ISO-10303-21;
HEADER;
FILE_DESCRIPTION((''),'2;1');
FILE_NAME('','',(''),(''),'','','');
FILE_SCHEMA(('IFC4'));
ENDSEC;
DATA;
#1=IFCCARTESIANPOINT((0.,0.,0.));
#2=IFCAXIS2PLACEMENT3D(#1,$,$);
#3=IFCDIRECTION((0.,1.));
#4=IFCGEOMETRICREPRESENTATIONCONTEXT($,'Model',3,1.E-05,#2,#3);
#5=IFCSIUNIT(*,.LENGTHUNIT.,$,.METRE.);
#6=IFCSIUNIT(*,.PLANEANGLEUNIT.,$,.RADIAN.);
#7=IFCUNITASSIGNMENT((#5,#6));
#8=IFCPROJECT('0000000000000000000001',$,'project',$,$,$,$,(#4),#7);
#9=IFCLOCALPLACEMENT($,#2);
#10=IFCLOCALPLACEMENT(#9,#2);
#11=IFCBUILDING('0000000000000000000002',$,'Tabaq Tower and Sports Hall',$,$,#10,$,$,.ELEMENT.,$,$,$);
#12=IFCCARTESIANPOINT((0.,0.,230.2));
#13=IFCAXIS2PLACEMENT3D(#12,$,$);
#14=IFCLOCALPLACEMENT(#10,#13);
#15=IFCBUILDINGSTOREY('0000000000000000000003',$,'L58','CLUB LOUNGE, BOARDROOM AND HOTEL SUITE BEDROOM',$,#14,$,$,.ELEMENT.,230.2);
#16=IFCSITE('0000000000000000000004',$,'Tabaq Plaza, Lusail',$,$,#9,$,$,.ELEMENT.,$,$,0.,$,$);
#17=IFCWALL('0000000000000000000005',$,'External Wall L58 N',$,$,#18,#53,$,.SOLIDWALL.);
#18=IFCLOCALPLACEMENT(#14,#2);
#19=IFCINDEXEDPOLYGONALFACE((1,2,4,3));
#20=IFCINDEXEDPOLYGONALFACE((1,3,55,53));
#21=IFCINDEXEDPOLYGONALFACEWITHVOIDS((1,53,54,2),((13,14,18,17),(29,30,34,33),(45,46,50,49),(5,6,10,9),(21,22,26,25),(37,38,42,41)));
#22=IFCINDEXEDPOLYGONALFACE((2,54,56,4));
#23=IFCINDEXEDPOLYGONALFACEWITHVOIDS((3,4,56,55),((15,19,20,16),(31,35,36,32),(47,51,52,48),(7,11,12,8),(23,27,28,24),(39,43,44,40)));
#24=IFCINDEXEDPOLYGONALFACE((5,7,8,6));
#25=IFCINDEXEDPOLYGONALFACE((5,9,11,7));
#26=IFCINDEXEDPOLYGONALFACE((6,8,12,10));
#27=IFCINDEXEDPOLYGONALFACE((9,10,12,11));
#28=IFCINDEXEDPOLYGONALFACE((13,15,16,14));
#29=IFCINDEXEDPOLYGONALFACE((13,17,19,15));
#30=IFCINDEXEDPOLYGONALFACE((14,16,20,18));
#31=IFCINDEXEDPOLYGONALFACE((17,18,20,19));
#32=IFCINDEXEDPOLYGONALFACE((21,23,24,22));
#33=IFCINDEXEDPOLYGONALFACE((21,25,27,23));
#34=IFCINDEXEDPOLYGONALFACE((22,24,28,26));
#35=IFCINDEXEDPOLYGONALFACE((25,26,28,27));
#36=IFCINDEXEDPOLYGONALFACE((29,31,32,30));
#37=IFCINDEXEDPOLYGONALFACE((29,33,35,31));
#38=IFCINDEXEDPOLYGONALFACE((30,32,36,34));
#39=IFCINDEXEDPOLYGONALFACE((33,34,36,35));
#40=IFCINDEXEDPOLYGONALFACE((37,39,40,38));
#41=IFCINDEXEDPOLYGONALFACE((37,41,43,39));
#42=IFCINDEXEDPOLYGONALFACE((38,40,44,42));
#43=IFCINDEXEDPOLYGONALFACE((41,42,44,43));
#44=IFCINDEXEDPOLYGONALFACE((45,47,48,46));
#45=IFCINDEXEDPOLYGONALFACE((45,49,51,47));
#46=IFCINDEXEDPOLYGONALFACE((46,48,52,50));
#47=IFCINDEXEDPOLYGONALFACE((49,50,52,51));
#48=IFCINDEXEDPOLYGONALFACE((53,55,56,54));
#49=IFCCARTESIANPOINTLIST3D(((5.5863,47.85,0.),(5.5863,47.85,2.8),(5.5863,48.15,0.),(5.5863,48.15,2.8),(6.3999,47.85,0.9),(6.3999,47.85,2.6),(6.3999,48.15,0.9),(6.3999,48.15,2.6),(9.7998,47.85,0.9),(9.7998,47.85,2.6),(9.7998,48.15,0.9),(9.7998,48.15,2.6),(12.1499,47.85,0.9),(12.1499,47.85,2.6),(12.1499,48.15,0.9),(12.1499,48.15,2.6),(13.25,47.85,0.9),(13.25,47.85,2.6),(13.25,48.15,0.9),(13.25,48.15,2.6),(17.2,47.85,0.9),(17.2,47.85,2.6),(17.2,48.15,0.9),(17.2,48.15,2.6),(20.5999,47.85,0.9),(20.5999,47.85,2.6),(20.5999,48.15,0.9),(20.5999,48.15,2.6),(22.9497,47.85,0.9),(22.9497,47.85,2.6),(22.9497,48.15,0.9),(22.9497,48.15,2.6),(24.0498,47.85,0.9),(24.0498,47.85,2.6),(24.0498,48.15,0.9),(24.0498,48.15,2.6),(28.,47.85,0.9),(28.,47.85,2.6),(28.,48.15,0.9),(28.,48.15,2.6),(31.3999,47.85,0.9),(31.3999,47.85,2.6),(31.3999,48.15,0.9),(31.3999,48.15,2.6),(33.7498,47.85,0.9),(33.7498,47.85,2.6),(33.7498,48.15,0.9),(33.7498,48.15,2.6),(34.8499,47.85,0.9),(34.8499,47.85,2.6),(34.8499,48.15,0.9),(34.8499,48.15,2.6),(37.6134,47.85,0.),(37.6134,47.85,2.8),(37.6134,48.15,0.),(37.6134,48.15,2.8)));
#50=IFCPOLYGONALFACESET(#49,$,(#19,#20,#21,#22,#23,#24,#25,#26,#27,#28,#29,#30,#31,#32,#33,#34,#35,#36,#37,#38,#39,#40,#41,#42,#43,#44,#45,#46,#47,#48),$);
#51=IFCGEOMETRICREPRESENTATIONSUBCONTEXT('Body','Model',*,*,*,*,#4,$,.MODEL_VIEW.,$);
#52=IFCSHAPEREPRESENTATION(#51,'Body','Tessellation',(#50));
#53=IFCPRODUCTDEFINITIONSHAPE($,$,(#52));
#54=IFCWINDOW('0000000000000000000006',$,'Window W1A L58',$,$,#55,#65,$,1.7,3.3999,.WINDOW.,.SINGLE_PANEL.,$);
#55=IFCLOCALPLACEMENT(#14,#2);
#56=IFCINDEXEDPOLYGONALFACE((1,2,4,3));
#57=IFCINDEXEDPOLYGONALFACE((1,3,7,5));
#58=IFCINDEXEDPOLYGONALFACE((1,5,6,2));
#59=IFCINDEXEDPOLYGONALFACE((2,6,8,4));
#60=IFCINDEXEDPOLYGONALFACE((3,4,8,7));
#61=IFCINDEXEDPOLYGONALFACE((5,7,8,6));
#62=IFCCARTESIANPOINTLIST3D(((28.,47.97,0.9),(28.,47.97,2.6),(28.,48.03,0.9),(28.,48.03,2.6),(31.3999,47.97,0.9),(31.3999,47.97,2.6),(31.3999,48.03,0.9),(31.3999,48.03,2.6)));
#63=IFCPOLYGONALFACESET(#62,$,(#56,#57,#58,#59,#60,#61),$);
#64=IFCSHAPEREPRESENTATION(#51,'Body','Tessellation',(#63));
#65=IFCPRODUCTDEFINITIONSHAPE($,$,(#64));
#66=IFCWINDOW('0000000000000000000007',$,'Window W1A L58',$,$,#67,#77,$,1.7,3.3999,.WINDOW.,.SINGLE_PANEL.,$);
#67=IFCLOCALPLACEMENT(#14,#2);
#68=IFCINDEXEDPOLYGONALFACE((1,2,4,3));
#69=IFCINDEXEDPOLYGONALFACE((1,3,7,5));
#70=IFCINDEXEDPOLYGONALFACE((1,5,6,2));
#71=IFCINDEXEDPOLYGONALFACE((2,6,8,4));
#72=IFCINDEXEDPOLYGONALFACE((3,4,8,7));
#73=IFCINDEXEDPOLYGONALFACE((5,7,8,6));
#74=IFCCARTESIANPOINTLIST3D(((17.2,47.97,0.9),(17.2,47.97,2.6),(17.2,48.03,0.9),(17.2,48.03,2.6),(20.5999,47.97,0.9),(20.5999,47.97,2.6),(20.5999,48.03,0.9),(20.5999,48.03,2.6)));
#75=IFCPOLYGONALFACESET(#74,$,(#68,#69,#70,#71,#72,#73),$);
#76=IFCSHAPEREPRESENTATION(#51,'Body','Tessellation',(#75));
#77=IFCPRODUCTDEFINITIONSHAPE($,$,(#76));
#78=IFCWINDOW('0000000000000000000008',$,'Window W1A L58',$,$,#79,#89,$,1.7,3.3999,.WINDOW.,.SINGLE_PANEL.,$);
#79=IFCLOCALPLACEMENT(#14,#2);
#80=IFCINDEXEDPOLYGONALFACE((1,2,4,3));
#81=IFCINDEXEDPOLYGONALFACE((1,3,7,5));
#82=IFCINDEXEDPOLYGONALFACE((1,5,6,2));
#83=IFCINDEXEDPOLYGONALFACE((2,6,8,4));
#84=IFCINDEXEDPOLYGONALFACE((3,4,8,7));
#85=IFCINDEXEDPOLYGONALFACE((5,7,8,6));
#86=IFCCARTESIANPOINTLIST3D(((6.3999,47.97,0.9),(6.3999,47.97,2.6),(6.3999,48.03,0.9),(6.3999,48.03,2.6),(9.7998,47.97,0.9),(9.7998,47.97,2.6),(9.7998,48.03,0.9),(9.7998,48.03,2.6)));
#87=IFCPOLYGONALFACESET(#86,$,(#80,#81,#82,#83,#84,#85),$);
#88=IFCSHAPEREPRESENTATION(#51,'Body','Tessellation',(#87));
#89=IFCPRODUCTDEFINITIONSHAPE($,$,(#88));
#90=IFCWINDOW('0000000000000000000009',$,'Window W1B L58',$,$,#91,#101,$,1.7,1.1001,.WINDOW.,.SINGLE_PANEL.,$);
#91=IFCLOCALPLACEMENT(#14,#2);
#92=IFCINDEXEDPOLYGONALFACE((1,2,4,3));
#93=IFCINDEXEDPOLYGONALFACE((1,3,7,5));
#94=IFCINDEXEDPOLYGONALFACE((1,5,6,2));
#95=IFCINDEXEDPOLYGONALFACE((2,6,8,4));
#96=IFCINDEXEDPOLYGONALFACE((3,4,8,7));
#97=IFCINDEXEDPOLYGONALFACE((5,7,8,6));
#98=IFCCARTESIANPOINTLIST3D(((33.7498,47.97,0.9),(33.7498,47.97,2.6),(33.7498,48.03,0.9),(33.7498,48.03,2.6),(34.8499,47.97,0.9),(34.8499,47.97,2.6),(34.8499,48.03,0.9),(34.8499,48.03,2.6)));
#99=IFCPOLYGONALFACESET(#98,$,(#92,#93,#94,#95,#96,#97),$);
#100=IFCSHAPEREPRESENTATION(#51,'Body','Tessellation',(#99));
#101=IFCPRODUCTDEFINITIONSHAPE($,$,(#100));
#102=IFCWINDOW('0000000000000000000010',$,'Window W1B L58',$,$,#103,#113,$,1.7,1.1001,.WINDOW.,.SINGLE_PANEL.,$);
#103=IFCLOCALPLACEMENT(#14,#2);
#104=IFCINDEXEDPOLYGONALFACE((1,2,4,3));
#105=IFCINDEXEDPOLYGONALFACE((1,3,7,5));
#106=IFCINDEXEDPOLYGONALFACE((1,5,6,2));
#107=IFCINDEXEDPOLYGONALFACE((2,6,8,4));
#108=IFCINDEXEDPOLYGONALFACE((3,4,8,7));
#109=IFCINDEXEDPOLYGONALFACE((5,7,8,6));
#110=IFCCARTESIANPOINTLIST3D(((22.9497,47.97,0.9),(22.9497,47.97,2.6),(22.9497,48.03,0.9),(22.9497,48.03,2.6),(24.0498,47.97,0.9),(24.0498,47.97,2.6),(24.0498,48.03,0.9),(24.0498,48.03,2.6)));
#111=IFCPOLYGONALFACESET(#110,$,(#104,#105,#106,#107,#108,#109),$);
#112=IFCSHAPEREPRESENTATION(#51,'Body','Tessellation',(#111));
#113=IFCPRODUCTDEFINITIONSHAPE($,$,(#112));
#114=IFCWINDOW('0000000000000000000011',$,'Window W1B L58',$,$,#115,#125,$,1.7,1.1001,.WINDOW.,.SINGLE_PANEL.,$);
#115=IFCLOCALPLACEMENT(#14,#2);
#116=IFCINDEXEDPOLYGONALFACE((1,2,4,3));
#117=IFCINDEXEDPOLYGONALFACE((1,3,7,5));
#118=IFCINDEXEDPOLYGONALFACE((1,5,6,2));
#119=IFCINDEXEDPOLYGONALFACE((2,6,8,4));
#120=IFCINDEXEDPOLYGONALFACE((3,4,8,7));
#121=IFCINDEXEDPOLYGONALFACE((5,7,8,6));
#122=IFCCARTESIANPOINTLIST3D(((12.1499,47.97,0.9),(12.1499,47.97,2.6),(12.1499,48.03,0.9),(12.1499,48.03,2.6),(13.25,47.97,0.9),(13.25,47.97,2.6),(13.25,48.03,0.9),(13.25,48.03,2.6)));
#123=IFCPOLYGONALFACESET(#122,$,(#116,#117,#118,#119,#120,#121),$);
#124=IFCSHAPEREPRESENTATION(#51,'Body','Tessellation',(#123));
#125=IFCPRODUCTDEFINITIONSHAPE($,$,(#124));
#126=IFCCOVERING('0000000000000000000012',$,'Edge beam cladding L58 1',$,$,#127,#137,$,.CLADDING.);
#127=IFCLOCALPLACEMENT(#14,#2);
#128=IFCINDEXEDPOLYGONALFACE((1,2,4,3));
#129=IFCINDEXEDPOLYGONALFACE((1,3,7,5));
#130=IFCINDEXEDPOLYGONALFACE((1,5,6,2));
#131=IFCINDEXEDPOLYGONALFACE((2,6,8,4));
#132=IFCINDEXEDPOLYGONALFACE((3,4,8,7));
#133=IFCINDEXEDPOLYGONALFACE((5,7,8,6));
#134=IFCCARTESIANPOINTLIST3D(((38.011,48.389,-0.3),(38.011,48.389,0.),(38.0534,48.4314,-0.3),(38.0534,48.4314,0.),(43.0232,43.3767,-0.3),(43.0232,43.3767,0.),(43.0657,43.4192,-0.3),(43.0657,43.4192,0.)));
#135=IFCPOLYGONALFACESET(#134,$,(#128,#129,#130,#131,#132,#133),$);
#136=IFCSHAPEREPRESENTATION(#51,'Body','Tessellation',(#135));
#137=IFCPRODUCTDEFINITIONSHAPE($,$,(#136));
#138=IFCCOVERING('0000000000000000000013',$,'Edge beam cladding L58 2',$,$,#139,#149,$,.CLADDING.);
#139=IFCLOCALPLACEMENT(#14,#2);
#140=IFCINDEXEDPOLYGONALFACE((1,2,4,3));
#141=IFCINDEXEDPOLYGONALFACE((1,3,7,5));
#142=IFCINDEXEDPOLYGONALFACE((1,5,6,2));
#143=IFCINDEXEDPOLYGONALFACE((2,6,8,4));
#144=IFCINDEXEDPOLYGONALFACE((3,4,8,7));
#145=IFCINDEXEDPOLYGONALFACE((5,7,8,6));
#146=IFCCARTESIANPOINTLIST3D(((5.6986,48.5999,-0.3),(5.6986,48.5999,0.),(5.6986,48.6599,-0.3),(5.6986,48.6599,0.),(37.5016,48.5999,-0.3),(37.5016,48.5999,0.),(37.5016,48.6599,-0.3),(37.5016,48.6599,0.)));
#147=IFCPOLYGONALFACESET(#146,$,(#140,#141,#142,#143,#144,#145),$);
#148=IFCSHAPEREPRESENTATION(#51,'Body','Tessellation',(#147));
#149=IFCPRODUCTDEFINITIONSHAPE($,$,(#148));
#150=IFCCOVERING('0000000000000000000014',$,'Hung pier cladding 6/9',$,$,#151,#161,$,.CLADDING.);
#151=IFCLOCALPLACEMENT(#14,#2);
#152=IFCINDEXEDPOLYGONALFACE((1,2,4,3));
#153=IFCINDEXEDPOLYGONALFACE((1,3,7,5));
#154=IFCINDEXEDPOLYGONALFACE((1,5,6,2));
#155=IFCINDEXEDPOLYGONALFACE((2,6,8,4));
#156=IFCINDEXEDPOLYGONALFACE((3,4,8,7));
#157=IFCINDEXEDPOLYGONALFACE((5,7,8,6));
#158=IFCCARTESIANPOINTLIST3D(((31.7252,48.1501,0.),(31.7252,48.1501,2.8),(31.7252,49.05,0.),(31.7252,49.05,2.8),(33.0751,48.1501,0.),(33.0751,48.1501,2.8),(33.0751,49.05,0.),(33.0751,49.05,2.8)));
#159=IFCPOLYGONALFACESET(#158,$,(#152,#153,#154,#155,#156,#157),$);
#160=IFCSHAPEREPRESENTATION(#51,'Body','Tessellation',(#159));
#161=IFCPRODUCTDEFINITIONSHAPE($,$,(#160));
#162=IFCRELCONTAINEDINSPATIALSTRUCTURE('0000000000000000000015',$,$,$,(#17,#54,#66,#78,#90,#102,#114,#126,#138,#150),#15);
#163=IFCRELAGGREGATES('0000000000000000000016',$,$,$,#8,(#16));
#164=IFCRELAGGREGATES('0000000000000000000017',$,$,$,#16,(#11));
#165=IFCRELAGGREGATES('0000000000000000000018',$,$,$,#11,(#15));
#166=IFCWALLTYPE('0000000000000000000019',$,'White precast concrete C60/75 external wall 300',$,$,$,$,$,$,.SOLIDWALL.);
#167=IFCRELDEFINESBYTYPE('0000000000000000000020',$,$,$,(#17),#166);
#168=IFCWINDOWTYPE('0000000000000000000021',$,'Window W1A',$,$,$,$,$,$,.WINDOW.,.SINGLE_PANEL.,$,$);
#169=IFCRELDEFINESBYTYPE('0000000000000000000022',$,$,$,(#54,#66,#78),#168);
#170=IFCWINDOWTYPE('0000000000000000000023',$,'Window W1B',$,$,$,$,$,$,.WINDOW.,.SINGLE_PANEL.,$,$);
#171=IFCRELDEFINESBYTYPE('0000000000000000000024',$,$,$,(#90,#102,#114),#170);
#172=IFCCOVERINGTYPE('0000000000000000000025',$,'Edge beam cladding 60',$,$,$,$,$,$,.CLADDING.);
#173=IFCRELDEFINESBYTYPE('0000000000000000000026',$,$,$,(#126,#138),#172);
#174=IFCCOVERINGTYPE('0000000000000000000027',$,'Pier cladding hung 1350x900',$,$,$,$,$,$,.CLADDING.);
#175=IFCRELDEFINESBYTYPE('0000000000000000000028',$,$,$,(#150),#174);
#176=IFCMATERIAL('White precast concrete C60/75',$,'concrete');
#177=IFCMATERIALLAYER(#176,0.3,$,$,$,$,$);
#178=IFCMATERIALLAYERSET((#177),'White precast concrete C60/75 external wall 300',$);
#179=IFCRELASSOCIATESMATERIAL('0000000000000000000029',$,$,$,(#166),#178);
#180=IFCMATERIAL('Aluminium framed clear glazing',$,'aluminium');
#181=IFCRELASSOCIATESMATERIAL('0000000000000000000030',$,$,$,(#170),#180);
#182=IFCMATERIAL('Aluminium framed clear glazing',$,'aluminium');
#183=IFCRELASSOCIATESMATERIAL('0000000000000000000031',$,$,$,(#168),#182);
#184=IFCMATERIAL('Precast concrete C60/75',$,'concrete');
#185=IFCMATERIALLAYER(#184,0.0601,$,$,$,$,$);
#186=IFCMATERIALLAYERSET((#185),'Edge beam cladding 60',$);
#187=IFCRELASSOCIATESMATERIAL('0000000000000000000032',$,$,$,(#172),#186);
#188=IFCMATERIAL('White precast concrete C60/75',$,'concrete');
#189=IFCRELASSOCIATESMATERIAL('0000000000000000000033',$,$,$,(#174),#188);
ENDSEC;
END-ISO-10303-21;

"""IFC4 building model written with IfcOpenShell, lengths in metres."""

from ifc_helpers import new_model, si_unit, direction, frame, frame_2d, origin, place, context, subcontext, project, spatial, rectangle, extrude, material, layer, layer_set, type_object, element, fill, save


model = new_model("IFC4")

# Units and contexts
model_context = context("Model", 3, precision=1e-05, world=origin(), true_north=direction((0.0, 1.0)))
body_context = subcontext(model_context, "Body", "Model", "MODEL_VIEW")
ifc_project = project(units=[si_unit("LENGTHUNIT", "METRE"), si_unit("PLANEANGLEUNIT", "RADIAN")], contexts=[model_context])

# Site, building, storey
site_placement = place(None, origin())
site = spatial("IfcSite", under=ifc_project, at=site_placement, Name="Tabaq Plaza, Lusail", CompositionType="ELEMENT", RefElevation=0.0)
building_placement = place(site_placement, origin())
building = spatial("IfcBuilding", under=site, at=building_placement, Name="Tabaq Tower and Sports Hall", CompositionType="ELEMENT")
storey_placement = place(building_placement, frame((0.0, 0.0, 230.2)))
storey = spatial("IfcBuildingStorey", under=building, at=storey_placement, Name="L58", Description="CLUB LOUNGE, BOARDROOM AND HOTEL SUITE BEDROOM", CompositionType="ELEMENT", Elevation=230.2)

# Wall, openings, windows
ifc_material_1 = material(Name="White precast concrete C60/75", Category="concrete")
ifc_layer_1 = layer(ifc_material_1, 0.3)
ifc_layer_set_1 = layer_set([ifc_layer_1], Name="White precast concrete C60/75 external wall 300")
wall_type_1 = type_object("IfcWallType", Name="White precast concrete C60/75 external wall 300", PredefinedType="SOLIDWALL", material=ifc_layer_set_1)
ifc_material_2 = material(Name="Aluminium framed clear glazing", Category="aluminium")
window_type_1 = type_object("IfcWindowType", Name="Window W1B", PartitioningType="SINGLE_PANEL", PredefinedType="WINDOW", material=ifc_material_2)
wall_1_placement = place(storey_placement, frame((37.6135, 48.0, 0.0), z_axis=(0.0, 0.0, 1.0), x_axis=(-1.0, 0.0, 0.0)))
wall_1 = element("IfcWall", 1, at=wall_1_placement, inside=storey, type_object=wall_type_1, Name="External Wall L58 N", PredefinedType="SOLIDWALL", context=body_context, shape_type="SweptSolid", body=[
    extrude(rectangle(XDim=32.0271, YDim=0.3, at=frame_2d((16.0137, 0.0))), origin(), (0.0, 0.0, 1.0), 2.8),
])
opening_1_placement = place(wall_1_placement, frame((2.7637, 0.0, 0.8999)))
opening_1 = element("IfcOpeningElement", 2, at=opening_1_placement, cuts=wall_1, PredefinedType="OPENING", context=body_context, shape_type="SweptSolid", body=[
    extrude(rectangle(XDim=1.1001, YDim=1.7, at=frame_2d((0.55, 0.8501))), frame((0.0, 0.1602, 0.0), z_axis=(0.0, -1.0, 0.0), x_axis=(1.0, 0.0, 0.0)), (0.0, 0.0, 1.0), 0.3201),
])
opening_2_placement = place(wall_1_placement, frame((6.2136, 0.0, 0.8999)))
opening_2 = element("IfcOpeningElement", 3, at=opening_2_placement, cuts=wall_1, PredefinedType="OPENING", context=body_context, shape_type="SweptSolid", body=[
    extrude(rectangle(XDim=3.3999, YDim=1.7, at=frame_2d((1.7, 0.8501))), frame((0.0, 0.1602, 0.0), z_axis=(0.0, -1.0, 0.0), x_axis=(1.0, 0.0, 0.0)), (0.0, 0.0, 1.0), 0.3201),
])
opening_3_placement = place(wall_1_placement, frame((13.5637, 0.0, 0.8999)))
opening_3 = element("IfcOpeningElement", 4, at=opening_3_placement, cuts=wall_1, PredefinedType="OPENING", context=body_context, shape_type="SweptSolid", body=[
    extrude(rectangle(XDim=1.1001, YDim=1.7, at=frame_2d((0.55, 0.8501))), frame((0.0, 0.1602, 0.0), z_axis=(0.0, -1.0, 0.0), x_axis=(1.0, 0.0, 0.0)), (0.0, 0.0, 1.0), 0.3201),
])
opening_4_placement = place(wall_1_placement, frame((17.0137, 0.0, 0.8999)))
opening_4 = element("IfcOpeningElement", 5, at=opening_4_placement, cuts=wall_1, PredefinedType="OPENING", context=body_context, shape_type="SweptSolid", body=[
    extrude(rectangle(XDim=3.3999, YDim=1.7, at=frame_2d((1.7, 0.8501))), frame((0.0, 0.1602, 0.0), z_axis=(0.0, -1.0, 0.0), x_axis=(1.0, 0.0, 0.0)), (0.0, 0.0, 1.0), 0.3201),
])
opening_5_placement = place(wall_1_placement, frame((24.3635, 0.0, 0.8999)))
opening_5 = element("IfcOpeningElement", 6, at=opening_5_placement, cuts=wall_1, PredefinedType="OPENING", context=body_context, shape_type="SweptSolid", body=[
    extrude(rectangle(XDim=1.1001, YDim=1.7, at=frame_2d((0.55, 0.8501))), frame((0.0, 0.1602, 0.0), z_axis=(0.0, -1.0, 0.0), x_axis=(1.0, 0.0, 0.0)), (0.0, 0.0, 1.0), 0.3201),
])
opening_6_placement = place(wall_1_placement, frame((27.8137, 0.0, 0.8999)))
opening_6 = element("IfcOpeningElement", 7, at=opening_6_placement, cuts=wall_1, PredefinedType="OPENING", context=body_context, shape_type="SweptSolid", body=[
    extrude(rectangle(XDim=3.3999, YDim=1.7, at=frame_2d((1.7, 0.8501))), frame((0.0, 0.1602, 0.0), z_axis=(0.0, -1.0, 0.0), x_axis=(1.0, 0.0, 0.0)), (0.0, 0.0, 1.0), 0.3201),
])
ifc_material_3 = material(Name="Aluminium framed clear glazing", Category="aluminium")
window_type_2 = type_object("IfcWindowType", Name="Window W1A", PartitioningType="SINGLE_PANEL", PredefinedType="WINDOW", material=ifc_material_3)
window_1_placement = place(opening_2_placement, origin())
window_1 = element("IfcWindow", 8, at=window_1_placement, inside=storey, type_object=window_type_2, Name="Window W1A L58", OverallHeight=1.7, OverallWidth=3.3999, PartitioningType="SINGLE_PANEL", PredefinedType="WINDOW", context=body_context, shape_type="SweptSolid", body=[
    extrude(rectangle(XDim=3.3999, YDim=1.7, at=frame_2d((1.7, 0.8501))), frame((0.0, 0.03, 0.0), z_axis=(0.0, -1.0, 0.0), x_axis=(1.0, 0.0, 0.0)), (0.0, 0.0, 1.0), 0.0601),
])
fill(opening_2, window_1)
window_2_placement = place(opening_4_placement, origin())
window_2 = element("IfcWindow", 9, at=window_2_placement, inside=storey, type_object=window_type_2, Name="Window W1A L58", OverallHeight=1.7, OverallWidth=3.3999, PartitioningType="SINGLE_PANEL", PredefinedType="WINDOW", context=body_context, shape_type="SweptSolid", body=[
    extrude(rectangle(XDim=3.3999, YDim=1.7, at=frame_2d((1.7, 0.8501))), frame((0.0, 0.03, 0.0), z_axis=(0.0, -1.0, 0.0), x_axis=(1.0, 0.0, 0.0)), (0.0, 0.0, 1.0), 0.0601),
])
fill(opening_4, window_2)
window_3_placement = place(opening_6_placement, origin())
window_3 = element("IfcWindow", 10, at=window_3_placement, inside=storey, type_object=window_type_2, Name="Window W1A L58", OverallHeight=1.7, OverallWidth=3.3999, PartitioningType="SINGLE_PANEL", PredefinedType="WINDOW", context=body_context, shape_type="SweptSolid", body=[
    extrude(rectangle(XDim=3.3999, YDim=1.7, at=frame_2d((1.7, 0.8501))), frame((0.0, 0.03, 0.0), z_axis=(0.0, -1.0, 0.0), x_axis=(1.0, 0.0, 0.0)), (0.0, 0.0, 1.0), 0.0601),
])
fill(opening_6, window_3)
window_4_placement = place(opening_1_placement, origin())
window_4 = element("IfcWindow", 11, at=window_4_placement, inside=storey, type_object=window_type_1, Name="Window W1B L58", OverallHeight=1.7, OverallWidth=1.1001, PartitioningType="SINGLE_PANEL", PredefinedType="WINDOW", context=body_context, shape_type="SweptSolid", body=[
    extrude(rectangle(XDim=1.1001, YDim=1.7, at=frame_2d((0.55, 0.8501))), frame((0.0, 0.03, 0.0), z_axis=(0.0, -1.0, 0.0), x_axis=(1.0, 0.0, 0.0)), (0.0, 0.0, 1.0), 0.0601),
])
fill(opening_1, window_4)
window_5_placement = place(opening_3_placement, origin())
window_5 = element("IfcWindow", 12, at=window_5_placement, inside=storey, type_object=window_type_1, Name="Window W1B L58", OverallHeight=1.7, OverallWidth=1.1001, PartitioningType="SINGLE_PANEL", PredefinedType="WINDOW", context=body_context, shape_type="SweptSolid", body=[
    extrude(rectangle(XDim=1.1001, YDim=1.7, at=frame_2d((0.55, 0.8501))), frame((0.0, 0.03, 0.0), z_axis=(0.0, -1.0, 0.0), x_axis=(1.0, 0.0, 0.0)), (0.0, 0.0, 1.0), 0.0601),
])
fill(opening_3, window_5)
window_6_placement = place(opening_5_placement, origin())
window_6 = element("IfcWindow", 13, at=window_6_placement, inside=storey, type_object=window_type_1, Name="Window W1B L58", OverallHeight=1.7, OverallWidth=1.1001, PartitioningType="SINGLE_PANEL", PredefinedType="WINDOW", context=body_context, shape_type="SweptSolid", body=[
    extrude(rectangle(XDim=1.1001, YDim=1.7, at=frame_2d((0.55, 0.8501))), frame((0.0, 0.03, 0.0), z_axis=(0.0, -1.0, 0.0), x_axis=(1.0, 0.0, 0.0)), (0.0, 0.0, 1.0), 0.0601),
])
fill(opening_5, window_6)

# Coverings
ifc_material_4 = material(Name="Precast concrete C60/75", Category="concrete")
ifc_layer_2 = layer(ifc_material_4, 0.0601)
ifc_layer_set_2 = layer_set([ifc_layer_2], Name="Edge beam cladding 60")
covering_type_1 = type_object("IfcCoveringType", Name="Edge beam cladding 60", PredefinedType="CLADDING", material=ifc_layer_set_2)
covering_1_placement = place(storey_placement, frame((43.0444, 43.3979, -0.3), z_axis=(0.0, 0.0, 1.0), x_axis=(-0.707107, 0.707107, 0.0)))
element("IfcCovering", 14, at=covering_1_placement, inside=storey, type_object=covering_type_1, Name="Edge beam cladding L58 1", PredefinedType="CLADDING", context=body_context, shape_type="SweptSolid", body=[
    extrude(rectangle(XDim=7.0884, YDim=0.0601, at=frame_2d((3.5442, 0.0))), origin(), (0.0, 0.0, 1.0), 0.3),
])
covering_2_placement = place(storey_placement, frame((37.5015, 48.6299, -0.3), z_axis=(0.0, 0.0, 1.0), x_axis=(-1.0, 0.0, 0.0)))
element("IfcCovering", 15, at=covering_2_placement, inside=storey, type_object=covering_type_1, Name="Edge beam cladding L58 2", PredefinedType="CLADDING", context=body_context, shape_type="SweptSolid", body=[
    extrude(rectangle(XDim=31.803, YDim=0.0601, at=frame_2d((15.9014, 0.0))), origin(), (0.0, 0.0, 1.0), 0.3),
])
ifc_material_5 = material(Name="White precast concrete C60/75", Category="concrete")
covering_type_2 = type_object("IfcCoveringType", Name="Pier cladding hung 1350x900", PredefinedType="CLADDING", material=ifc_material_5)
covering_3_placement = place(storey_placement, frame((33.075, 48.6001, 0.0), z_axis=(0.0, 0.0, 1.0), x_axis=(-1.0, 0.0, 0.0)))
element("IfcCovering", 16, at=covering_3_placement, inside=storey, type_object=covering_type_2, Name="Hung pier cladding 6/9", PredefinedType="CLADDING", context=body_context, shape_type="SweptSolid", body=[
    extrude(rectangle(XDim=1.3499, YDim=0.8999, at=frame_2d((0.6748, 0.0))), origin(), (0.0, 0.0, 1.0), 2.8),
])

save(model, "model.ifc")
